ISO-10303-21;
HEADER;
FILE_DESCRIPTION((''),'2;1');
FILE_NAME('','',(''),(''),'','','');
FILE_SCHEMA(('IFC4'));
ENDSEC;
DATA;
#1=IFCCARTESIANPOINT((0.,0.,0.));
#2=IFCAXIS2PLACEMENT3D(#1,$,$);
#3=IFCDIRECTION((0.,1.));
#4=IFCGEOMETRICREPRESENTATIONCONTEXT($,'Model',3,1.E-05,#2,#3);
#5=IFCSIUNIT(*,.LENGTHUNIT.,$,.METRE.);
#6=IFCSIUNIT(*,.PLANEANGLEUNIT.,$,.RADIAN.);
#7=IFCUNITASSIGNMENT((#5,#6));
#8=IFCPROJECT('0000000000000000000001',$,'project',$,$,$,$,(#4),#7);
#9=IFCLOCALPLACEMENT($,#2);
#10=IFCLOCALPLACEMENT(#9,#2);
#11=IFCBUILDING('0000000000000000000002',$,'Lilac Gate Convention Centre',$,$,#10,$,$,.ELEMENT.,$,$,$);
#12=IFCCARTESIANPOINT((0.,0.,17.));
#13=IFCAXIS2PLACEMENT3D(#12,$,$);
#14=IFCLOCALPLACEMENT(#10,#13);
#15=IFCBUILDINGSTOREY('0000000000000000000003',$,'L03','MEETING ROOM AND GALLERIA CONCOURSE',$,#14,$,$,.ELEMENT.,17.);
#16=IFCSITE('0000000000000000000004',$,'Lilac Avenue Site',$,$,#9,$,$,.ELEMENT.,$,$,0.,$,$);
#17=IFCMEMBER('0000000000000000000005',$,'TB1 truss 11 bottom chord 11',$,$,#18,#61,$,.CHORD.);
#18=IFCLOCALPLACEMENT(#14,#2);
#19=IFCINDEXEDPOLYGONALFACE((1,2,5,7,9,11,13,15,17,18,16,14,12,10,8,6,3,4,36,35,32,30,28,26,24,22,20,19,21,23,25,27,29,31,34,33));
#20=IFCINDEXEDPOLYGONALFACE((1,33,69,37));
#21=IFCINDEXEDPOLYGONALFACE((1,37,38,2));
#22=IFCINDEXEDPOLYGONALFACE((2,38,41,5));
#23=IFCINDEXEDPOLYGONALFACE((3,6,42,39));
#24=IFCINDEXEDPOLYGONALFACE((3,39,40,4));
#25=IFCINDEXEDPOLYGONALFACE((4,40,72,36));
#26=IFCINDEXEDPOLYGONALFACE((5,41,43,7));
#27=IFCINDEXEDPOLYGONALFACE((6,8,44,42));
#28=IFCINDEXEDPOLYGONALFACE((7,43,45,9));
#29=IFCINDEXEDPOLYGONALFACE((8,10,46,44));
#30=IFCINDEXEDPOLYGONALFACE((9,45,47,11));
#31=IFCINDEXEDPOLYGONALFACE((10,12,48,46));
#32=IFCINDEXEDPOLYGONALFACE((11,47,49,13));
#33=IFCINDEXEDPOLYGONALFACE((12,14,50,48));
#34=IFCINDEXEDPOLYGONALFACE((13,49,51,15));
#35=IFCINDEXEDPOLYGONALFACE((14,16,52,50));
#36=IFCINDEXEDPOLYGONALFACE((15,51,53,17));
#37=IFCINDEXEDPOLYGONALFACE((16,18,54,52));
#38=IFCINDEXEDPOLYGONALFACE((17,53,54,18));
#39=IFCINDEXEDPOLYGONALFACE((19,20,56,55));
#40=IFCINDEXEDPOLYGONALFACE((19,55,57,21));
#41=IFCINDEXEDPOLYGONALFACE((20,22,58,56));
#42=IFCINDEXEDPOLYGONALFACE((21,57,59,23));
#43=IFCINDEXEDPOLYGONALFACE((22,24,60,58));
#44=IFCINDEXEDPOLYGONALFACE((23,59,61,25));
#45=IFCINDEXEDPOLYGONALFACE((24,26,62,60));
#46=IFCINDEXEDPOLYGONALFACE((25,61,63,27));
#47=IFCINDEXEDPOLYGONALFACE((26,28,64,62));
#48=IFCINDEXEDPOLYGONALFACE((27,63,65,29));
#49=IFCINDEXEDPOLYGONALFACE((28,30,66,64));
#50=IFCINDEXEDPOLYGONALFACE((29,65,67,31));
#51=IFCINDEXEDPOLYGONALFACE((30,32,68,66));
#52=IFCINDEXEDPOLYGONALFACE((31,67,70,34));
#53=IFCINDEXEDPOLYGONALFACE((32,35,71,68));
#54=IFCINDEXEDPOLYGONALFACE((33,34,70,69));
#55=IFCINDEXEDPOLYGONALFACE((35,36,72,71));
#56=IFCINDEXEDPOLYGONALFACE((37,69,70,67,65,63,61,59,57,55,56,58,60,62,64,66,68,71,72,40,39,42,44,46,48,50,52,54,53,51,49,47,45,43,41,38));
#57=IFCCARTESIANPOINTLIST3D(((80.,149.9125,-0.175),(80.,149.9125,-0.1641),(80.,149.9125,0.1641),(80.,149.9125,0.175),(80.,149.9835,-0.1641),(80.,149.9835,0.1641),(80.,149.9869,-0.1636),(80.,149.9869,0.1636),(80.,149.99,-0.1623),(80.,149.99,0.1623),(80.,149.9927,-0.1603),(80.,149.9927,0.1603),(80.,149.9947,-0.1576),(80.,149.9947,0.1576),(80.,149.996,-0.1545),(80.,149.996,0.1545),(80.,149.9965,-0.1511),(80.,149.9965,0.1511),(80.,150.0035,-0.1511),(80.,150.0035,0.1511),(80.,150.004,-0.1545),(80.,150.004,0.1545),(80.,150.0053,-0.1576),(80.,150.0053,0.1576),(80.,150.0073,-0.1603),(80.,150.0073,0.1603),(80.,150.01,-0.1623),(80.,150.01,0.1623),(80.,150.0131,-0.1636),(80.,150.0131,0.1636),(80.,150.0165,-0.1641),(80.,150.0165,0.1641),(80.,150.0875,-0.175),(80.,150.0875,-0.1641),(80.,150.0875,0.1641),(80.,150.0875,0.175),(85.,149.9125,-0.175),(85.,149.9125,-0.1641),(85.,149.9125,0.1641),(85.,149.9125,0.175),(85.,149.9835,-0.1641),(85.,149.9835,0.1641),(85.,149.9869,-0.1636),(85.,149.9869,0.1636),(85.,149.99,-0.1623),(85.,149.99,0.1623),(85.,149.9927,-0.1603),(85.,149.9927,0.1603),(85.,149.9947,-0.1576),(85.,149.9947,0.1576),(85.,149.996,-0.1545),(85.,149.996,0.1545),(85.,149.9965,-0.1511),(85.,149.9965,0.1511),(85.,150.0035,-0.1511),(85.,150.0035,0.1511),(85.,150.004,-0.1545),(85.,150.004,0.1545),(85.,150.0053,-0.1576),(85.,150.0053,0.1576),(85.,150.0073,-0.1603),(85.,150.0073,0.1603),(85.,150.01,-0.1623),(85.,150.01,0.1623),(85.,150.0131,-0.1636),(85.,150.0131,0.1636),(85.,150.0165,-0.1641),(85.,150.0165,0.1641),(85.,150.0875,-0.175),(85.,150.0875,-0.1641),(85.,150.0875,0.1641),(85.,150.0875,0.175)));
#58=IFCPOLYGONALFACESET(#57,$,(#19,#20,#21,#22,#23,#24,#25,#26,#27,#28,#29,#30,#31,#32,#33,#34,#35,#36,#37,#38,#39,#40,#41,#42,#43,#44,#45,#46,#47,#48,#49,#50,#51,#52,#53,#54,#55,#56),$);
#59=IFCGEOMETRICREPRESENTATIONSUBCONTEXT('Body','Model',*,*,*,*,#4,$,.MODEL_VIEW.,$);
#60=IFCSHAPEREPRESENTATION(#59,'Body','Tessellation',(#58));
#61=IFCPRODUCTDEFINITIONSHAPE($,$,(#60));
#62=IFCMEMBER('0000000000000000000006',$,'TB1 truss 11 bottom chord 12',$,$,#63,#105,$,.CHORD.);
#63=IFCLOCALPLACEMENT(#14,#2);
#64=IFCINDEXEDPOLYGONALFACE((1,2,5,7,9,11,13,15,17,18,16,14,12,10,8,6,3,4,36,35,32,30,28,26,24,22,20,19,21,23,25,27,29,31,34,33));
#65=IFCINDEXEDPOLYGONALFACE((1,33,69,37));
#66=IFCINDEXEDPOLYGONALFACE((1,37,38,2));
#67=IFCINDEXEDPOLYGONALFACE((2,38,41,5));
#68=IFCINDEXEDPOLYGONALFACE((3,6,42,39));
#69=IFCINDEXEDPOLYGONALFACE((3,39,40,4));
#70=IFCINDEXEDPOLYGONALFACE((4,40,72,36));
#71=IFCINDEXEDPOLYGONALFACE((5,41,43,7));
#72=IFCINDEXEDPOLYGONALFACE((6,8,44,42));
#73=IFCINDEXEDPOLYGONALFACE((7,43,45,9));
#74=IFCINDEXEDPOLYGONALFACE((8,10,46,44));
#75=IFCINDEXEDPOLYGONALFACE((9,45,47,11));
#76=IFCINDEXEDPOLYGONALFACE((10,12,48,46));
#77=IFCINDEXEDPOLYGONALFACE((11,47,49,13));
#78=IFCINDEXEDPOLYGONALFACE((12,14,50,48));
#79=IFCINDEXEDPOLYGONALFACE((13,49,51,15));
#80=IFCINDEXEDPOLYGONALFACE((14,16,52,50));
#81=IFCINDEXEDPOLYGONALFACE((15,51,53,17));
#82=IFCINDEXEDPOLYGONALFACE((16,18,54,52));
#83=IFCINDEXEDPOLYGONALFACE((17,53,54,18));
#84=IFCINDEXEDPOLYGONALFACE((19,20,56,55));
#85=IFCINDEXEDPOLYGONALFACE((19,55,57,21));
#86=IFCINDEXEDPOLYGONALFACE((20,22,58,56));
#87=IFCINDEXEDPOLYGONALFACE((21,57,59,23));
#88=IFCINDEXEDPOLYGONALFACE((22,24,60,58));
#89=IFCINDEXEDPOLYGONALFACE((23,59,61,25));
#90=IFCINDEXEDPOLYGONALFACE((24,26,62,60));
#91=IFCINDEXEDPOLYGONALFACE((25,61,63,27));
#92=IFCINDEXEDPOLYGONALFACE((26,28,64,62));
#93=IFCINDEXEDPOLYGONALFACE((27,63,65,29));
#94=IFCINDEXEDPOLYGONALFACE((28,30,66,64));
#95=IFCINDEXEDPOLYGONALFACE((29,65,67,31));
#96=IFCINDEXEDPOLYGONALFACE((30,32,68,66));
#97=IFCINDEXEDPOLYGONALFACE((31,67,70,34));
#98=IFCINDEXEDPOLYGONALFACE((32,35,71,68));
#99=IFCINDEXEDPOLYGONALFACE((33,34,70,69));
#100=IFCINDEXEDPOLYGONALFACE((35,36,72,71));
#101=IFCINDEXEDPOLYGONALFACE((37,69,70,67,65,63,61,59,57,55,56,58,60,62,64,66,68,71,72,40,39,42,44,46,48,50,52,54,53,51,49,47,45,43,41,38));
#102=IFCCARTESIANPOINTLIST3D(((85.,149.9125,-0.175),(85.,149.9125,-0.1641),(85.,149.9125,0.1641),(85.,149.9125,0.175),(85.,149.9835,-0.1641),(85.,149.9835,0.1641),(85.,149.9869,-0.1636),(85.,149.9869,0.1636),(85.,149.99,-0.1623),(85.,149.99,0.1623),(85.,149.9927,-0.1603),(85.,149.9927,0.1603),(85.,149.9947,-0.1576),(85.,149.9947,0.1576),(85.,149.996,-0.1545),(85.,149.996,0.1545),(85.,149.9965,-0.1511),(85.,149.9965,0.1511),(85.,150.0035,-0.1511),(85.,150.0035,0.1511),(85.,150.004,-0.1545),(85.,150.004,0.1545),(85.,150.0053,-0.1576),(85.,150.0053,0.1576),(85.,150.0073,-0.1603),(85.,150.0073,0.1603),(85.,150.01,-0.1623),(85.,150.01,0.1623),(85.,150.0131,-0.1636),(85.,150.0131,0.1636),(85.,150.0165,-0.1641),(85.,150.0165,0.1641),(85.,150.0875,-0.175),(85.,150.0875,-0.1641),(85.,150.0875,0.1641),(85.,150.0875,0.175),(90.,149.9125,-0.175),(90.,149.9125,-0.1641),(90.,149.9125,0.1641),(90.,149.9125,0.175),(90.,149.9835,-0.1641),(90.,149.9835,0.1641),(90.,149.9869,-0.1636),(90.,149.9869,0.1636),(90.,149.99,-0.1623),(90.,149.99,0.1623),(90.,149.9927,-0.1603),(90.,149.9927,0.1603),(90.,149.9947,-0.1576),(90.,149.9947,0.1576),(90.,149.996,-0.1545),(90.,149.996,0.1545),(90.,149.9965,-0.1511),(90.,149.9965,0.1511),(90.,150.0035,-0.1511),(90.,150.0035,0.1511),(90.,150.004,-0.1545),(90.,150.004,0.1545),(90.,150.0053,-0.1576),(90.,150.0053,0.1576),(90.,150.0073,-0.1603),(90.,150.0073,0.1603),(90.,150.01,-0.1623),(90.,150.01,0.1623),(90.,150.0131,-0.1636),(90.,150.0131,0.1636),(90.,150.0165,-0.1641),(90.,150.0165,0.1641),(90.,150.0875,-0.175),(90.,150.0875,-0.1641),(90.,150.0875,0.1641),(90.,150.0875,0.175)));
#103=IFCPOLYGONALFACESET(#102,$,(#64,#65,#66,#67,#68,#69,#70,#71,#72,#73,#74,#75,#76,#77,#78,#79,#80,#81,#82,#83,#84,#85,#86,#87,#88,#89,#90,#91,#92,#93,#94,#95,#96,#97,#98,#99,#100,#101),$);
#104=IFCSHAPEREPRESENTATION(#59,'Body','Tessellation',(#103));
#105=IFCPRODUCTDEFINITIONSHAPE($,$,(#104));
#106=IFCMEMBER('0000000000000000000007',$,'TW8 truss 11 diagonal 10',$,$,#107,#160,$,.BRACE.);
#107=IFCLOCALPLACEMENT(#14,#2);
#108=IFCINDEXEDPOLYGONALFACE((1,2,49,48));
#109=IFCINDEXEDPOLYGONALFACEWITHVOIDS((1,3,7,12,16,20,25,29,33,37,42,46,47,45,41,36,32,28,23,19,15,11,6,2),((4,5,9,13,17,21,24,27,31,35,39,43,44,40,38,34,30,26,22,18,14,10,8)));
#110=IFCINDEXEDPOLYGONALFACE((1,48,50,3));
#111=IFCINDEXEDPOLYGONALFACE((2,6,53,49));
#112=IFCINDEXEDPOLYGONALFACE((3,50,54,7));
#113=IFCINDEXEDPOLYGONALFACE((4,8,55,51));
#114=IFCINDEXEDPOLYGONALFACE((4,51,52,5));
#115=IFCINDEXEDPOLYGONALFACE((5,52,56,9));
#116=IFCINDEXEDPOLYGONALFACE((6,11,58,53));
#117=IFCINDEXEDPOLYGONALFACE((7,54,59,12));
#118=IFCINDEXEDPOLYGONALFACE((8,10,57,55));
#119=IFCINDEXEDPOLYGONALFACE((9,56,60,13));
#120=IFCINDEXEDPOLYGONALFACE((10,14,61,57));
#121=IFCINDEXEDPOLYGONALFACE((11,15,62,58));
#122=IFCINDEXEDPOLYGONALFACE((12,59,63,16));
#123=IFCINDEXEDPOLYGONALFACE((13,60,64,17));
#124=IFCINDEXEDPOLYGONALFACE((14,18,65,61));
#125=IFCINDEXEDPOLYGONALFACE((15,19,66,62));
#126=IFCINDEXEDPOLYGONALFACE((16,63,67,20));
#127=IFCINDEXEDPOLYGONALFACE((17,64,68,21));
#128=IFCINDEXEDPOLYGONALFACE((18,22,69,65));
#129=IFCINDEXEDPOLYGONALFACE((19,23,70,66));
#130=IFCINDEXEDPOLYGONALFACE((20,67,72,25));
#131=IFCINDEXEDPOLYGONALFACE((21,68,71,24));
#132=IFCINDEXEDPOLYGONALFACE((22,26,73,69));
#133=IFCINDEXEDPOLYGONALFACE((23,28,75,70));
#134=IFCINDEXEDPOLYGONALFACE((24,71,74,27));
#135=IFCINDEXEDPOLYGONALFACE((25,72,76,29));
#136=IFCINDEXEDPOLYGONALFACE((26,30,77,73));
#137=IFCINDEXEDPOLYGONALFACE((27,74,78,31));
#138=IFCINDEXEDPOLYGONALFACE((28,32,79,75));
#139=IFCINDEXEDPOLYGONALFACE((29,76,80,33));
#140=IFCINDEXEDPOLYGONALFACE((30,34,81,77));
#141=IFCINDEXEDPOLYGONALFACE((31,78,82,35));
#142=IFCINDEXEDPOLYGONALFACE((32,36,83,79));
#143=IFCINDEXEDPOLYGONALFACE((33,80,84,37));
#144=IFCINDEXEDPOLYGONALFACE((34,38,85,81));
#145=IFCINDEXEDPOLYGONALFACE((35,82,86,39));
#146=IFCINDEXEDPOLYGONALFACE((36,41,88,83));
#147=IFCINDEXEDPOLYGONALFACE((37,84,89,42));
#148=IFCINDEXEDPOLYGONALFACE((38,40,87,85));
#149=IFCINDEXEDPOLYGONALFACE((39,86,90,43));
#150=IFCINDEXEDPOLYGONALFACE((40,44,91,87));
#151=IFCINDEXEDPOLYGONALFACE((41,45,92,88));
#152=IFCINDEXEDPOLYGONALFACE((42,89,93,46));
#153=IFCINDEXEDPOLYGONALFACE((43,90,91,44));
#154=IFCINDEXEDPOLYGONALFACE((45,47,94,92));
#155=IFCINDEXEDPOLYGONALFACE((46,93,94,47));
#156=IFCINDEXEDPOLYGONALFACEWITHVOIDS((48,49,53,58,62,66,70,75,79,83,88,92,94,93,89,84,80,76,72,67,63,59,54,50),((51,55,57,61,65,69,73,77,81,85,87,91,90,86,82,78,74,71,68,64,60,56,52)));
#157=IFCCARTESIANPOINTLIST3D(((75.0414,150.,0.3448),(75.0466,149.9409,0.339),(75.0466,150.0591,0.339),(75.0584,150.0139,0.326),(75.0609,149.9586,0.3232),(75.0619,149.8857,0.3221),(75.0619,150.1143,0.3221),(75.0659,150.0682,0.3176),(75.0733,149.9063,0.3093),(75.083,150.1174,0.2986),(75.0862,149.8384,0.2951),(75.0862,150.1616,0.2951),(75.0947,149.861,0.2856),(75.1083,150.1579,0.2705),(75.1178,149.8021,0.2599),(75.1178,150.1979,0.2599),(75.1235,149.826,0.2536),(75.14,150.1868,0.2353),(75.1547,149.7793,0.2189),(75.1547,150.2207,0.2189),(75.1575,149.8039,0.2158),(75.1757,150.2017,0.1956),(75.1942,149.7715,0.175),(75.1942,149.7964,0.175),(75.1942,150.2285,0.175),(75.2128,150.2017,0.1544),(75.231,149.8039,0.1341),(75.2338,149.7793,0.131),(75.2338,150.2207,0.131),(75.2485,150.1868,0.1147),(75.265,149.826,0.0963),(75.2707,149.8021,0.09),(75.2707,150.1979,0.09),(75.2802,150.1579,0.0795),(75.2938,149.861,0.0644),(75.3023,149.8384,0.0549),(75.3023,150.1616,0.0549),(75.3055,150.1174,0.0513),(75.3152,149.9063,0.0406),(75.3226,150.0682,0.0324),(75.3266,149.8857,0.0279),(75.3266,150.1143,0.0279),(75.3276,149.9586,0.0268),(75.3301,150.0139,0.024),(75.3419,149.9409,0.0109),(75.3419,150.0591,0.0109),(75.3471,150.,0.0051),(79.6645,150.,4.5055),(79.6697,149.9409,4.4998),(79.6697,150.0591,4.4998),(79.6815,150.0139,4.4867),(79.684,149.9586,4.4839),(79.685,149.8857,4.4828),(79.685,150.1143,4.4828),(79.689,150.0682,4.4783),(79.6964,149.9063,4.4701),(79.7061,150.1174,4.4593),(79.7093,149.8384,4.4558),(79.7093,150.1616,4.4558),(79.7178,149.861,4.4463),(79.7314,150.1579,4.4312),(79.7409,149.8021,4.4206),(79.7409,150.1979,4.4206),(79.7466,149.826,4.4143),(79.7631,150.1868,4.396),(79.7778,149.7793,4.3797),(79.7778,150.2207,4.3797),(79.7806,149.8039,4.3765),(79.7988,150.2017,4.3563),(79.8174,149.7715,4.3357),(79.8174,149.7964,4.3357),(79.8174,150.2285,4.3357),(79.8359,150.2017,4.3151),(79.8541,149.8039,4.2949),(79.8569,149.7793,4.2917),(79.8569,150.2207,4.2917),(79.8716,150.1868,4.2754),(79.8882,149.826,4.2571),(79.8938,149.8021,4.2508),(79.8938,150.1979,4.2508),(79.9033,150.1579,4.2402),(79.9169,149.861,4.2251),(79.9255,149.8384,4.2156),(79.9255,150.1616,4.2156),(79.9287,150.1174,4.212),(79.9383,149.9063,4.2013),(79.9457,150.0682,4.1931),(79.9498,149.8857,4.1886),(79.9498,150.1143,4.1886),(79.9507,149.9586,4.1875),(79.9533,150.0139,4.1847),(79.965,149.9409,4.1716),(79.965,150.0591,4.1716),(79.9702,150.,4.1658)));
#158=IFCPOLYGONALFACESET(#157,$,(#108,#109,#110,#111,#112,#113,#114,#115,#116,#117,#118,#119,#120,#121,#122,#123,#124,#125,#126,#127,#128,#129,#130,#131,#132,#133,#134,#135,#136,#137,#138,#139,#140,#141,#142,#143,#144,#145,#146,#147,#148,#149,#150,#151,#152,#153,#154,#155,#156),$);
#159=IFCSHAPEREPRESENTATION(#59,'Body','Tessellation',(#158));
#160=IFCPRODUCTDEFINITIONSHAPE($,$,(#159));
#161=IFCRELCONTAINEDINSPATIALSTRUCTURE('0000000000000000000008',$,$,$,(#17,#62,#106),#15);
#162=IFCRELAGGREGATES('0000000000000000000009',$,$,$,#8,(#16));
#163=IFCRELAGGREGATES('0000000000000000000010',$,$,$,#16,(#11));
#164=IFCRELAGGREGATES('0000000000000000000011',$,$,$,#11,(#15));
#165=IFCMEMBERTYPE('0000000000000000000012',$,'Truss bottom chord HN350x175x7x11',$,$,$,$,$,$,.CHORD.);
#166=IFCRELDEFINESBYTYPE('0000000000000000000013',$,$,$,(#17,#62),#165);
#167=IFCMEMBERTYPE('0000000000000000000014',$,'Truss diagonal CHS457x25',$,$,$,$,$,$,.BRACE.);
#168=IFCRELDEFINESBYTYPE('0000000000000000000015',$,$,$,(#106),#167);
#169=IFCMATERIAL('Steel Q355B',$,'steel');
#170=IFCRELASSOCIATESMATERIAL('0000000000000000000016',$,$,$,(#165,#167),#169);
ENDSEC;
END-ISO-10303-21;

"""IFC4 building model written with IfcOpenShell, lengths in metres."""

from ifc_helpers import new_model, si_unit, direction, frame, origin, origin_2d, place, context, subcontext, project, spatial, hollow_circle, i_section, extrude, material, material_profile, profile_set, type_object, element, save


model = new_model("IFC4")

# Units and contexts
model_context = context("Model", 3, precision=1e-05, world=origin(), true_north=direction((0.0, 1.0)))
body_context = subcontext(model_context, "Body", "Model", "MODEL_VIEW")
ifc_project = project(units=[si_unit("LENGTHUNIT", "METRE"), si_unit("PLANEANGLEUNIT", "RADIAN")], contexts=[model_context])

# Site, building, storey
site_placement = place(None, origin())
site = spatial("IfcSite", under=ifc_project, at=site_placement, Name="Lilac Avenue Site", CompositionType="ELEMENT", RefElevation=0.0)
building_placement = place(site_placement, origin())
building = spatial("IfcBuilding", under=site, at=building_placement, Name="Lilac Gate Convention Centre", CompositionType="ELEMENT")
storey_placement = place(building_placement, frame((0.0, 0.0, 17.0)))
storey = spatial("IfcBuildingStorey", under=building, at=storey_placement, Name="L03", Description="MEETING ROOM AND GALLERIA CONCOURSE", CompositionType="ELEMENT", Elevation=17.0)

# Members
ifc_material = material(Name="Steel Q355B", Category="steel")
ifc_material_profile_1 = material_profile(ifc_material, i_section(OverallWidth=0.175, OverallDepth=0.3501, WebThickness=0.0071, FlangeThickness=0.011, FilletRadius=0.0129, at=origin_2d()), Name="HN350x175x7x11")
ifc_profile_set_1 = profile_set([ifc_material_profile_1], Name="Steel Q355B")
member_type_1 = type_object("IfcMemberType", Name="Truss bottom chord HN350x175x7x11", PredefinedType="CHORD", material=ifc_profile_set_1)
for number, where, z_axis, x_axis, name in (
    (1, (80.0, 150.0, 0.0), (1.0, 0.0, 0.0), (0.0, 1.0, 0.0), "TB1 truss 11 bottom chord 11"),
    (2, (85.0, 150.0, 0.0), (1.0, 0.0, 0.0), (0.0, 1.0, 0.0), "TB1 truss 11 bottom chord 12"),
):
    element("IfcMember", number, at=place(storey_placement, frame(where, z_axis=z_axis, x_axis=x_axis)), inside=storey, type_object=member_type_1, Name=name, PredefinedType="CHORD", context=body_context, shape_type="SweptSolid", body=[
        extrude(i_section(OverallWidth=0.175, OverallDepth=0.3501, WebThickness=0.0071, FlangeThickness=0.011, FilletRadius=0.0129, at=origin_2d()), origin(), (0.0, 0.0, 1.0), 5.0),
    ])
ifc_material_profile_2 = material_profile(ifc_material, hollow_circle(Radius=0.2285, WallThickness=0.0249, at=origin_2d()), Name="CHS457x25")
ifc_profile_set_2 = profile_set([ifc_material_profile_2], Name="Steel Q355B")
member_type_2 = type_object("IfcMemberType", Name="Truss diagonal CHS457x25", PredefinedType="BRACE", material=ifc_profile_set_2)
member_1_placement = place(storey_placement, frame((79.8174, 150.0, 4.3357), z_axis=(-0.743302, 0.0, -0.668956), x_axis=(0.0, -1.0, 0.0)))
element("IfcMember", 3, at=member_1_placement, inside=storey, type_object=member_type_2, Name="TW8 truss 11 diagonal 10", PredefinedType="BRACE", context=body_context, shape_type="SweptSolid", body=[
    extrude(hollow_circle(Radius=0.2285, WallThickness=0.0249, at=origin_2d()), origin(), (0.0, 0.0, 1.0), 6.2197),
])

save(model, "model.ifc")
